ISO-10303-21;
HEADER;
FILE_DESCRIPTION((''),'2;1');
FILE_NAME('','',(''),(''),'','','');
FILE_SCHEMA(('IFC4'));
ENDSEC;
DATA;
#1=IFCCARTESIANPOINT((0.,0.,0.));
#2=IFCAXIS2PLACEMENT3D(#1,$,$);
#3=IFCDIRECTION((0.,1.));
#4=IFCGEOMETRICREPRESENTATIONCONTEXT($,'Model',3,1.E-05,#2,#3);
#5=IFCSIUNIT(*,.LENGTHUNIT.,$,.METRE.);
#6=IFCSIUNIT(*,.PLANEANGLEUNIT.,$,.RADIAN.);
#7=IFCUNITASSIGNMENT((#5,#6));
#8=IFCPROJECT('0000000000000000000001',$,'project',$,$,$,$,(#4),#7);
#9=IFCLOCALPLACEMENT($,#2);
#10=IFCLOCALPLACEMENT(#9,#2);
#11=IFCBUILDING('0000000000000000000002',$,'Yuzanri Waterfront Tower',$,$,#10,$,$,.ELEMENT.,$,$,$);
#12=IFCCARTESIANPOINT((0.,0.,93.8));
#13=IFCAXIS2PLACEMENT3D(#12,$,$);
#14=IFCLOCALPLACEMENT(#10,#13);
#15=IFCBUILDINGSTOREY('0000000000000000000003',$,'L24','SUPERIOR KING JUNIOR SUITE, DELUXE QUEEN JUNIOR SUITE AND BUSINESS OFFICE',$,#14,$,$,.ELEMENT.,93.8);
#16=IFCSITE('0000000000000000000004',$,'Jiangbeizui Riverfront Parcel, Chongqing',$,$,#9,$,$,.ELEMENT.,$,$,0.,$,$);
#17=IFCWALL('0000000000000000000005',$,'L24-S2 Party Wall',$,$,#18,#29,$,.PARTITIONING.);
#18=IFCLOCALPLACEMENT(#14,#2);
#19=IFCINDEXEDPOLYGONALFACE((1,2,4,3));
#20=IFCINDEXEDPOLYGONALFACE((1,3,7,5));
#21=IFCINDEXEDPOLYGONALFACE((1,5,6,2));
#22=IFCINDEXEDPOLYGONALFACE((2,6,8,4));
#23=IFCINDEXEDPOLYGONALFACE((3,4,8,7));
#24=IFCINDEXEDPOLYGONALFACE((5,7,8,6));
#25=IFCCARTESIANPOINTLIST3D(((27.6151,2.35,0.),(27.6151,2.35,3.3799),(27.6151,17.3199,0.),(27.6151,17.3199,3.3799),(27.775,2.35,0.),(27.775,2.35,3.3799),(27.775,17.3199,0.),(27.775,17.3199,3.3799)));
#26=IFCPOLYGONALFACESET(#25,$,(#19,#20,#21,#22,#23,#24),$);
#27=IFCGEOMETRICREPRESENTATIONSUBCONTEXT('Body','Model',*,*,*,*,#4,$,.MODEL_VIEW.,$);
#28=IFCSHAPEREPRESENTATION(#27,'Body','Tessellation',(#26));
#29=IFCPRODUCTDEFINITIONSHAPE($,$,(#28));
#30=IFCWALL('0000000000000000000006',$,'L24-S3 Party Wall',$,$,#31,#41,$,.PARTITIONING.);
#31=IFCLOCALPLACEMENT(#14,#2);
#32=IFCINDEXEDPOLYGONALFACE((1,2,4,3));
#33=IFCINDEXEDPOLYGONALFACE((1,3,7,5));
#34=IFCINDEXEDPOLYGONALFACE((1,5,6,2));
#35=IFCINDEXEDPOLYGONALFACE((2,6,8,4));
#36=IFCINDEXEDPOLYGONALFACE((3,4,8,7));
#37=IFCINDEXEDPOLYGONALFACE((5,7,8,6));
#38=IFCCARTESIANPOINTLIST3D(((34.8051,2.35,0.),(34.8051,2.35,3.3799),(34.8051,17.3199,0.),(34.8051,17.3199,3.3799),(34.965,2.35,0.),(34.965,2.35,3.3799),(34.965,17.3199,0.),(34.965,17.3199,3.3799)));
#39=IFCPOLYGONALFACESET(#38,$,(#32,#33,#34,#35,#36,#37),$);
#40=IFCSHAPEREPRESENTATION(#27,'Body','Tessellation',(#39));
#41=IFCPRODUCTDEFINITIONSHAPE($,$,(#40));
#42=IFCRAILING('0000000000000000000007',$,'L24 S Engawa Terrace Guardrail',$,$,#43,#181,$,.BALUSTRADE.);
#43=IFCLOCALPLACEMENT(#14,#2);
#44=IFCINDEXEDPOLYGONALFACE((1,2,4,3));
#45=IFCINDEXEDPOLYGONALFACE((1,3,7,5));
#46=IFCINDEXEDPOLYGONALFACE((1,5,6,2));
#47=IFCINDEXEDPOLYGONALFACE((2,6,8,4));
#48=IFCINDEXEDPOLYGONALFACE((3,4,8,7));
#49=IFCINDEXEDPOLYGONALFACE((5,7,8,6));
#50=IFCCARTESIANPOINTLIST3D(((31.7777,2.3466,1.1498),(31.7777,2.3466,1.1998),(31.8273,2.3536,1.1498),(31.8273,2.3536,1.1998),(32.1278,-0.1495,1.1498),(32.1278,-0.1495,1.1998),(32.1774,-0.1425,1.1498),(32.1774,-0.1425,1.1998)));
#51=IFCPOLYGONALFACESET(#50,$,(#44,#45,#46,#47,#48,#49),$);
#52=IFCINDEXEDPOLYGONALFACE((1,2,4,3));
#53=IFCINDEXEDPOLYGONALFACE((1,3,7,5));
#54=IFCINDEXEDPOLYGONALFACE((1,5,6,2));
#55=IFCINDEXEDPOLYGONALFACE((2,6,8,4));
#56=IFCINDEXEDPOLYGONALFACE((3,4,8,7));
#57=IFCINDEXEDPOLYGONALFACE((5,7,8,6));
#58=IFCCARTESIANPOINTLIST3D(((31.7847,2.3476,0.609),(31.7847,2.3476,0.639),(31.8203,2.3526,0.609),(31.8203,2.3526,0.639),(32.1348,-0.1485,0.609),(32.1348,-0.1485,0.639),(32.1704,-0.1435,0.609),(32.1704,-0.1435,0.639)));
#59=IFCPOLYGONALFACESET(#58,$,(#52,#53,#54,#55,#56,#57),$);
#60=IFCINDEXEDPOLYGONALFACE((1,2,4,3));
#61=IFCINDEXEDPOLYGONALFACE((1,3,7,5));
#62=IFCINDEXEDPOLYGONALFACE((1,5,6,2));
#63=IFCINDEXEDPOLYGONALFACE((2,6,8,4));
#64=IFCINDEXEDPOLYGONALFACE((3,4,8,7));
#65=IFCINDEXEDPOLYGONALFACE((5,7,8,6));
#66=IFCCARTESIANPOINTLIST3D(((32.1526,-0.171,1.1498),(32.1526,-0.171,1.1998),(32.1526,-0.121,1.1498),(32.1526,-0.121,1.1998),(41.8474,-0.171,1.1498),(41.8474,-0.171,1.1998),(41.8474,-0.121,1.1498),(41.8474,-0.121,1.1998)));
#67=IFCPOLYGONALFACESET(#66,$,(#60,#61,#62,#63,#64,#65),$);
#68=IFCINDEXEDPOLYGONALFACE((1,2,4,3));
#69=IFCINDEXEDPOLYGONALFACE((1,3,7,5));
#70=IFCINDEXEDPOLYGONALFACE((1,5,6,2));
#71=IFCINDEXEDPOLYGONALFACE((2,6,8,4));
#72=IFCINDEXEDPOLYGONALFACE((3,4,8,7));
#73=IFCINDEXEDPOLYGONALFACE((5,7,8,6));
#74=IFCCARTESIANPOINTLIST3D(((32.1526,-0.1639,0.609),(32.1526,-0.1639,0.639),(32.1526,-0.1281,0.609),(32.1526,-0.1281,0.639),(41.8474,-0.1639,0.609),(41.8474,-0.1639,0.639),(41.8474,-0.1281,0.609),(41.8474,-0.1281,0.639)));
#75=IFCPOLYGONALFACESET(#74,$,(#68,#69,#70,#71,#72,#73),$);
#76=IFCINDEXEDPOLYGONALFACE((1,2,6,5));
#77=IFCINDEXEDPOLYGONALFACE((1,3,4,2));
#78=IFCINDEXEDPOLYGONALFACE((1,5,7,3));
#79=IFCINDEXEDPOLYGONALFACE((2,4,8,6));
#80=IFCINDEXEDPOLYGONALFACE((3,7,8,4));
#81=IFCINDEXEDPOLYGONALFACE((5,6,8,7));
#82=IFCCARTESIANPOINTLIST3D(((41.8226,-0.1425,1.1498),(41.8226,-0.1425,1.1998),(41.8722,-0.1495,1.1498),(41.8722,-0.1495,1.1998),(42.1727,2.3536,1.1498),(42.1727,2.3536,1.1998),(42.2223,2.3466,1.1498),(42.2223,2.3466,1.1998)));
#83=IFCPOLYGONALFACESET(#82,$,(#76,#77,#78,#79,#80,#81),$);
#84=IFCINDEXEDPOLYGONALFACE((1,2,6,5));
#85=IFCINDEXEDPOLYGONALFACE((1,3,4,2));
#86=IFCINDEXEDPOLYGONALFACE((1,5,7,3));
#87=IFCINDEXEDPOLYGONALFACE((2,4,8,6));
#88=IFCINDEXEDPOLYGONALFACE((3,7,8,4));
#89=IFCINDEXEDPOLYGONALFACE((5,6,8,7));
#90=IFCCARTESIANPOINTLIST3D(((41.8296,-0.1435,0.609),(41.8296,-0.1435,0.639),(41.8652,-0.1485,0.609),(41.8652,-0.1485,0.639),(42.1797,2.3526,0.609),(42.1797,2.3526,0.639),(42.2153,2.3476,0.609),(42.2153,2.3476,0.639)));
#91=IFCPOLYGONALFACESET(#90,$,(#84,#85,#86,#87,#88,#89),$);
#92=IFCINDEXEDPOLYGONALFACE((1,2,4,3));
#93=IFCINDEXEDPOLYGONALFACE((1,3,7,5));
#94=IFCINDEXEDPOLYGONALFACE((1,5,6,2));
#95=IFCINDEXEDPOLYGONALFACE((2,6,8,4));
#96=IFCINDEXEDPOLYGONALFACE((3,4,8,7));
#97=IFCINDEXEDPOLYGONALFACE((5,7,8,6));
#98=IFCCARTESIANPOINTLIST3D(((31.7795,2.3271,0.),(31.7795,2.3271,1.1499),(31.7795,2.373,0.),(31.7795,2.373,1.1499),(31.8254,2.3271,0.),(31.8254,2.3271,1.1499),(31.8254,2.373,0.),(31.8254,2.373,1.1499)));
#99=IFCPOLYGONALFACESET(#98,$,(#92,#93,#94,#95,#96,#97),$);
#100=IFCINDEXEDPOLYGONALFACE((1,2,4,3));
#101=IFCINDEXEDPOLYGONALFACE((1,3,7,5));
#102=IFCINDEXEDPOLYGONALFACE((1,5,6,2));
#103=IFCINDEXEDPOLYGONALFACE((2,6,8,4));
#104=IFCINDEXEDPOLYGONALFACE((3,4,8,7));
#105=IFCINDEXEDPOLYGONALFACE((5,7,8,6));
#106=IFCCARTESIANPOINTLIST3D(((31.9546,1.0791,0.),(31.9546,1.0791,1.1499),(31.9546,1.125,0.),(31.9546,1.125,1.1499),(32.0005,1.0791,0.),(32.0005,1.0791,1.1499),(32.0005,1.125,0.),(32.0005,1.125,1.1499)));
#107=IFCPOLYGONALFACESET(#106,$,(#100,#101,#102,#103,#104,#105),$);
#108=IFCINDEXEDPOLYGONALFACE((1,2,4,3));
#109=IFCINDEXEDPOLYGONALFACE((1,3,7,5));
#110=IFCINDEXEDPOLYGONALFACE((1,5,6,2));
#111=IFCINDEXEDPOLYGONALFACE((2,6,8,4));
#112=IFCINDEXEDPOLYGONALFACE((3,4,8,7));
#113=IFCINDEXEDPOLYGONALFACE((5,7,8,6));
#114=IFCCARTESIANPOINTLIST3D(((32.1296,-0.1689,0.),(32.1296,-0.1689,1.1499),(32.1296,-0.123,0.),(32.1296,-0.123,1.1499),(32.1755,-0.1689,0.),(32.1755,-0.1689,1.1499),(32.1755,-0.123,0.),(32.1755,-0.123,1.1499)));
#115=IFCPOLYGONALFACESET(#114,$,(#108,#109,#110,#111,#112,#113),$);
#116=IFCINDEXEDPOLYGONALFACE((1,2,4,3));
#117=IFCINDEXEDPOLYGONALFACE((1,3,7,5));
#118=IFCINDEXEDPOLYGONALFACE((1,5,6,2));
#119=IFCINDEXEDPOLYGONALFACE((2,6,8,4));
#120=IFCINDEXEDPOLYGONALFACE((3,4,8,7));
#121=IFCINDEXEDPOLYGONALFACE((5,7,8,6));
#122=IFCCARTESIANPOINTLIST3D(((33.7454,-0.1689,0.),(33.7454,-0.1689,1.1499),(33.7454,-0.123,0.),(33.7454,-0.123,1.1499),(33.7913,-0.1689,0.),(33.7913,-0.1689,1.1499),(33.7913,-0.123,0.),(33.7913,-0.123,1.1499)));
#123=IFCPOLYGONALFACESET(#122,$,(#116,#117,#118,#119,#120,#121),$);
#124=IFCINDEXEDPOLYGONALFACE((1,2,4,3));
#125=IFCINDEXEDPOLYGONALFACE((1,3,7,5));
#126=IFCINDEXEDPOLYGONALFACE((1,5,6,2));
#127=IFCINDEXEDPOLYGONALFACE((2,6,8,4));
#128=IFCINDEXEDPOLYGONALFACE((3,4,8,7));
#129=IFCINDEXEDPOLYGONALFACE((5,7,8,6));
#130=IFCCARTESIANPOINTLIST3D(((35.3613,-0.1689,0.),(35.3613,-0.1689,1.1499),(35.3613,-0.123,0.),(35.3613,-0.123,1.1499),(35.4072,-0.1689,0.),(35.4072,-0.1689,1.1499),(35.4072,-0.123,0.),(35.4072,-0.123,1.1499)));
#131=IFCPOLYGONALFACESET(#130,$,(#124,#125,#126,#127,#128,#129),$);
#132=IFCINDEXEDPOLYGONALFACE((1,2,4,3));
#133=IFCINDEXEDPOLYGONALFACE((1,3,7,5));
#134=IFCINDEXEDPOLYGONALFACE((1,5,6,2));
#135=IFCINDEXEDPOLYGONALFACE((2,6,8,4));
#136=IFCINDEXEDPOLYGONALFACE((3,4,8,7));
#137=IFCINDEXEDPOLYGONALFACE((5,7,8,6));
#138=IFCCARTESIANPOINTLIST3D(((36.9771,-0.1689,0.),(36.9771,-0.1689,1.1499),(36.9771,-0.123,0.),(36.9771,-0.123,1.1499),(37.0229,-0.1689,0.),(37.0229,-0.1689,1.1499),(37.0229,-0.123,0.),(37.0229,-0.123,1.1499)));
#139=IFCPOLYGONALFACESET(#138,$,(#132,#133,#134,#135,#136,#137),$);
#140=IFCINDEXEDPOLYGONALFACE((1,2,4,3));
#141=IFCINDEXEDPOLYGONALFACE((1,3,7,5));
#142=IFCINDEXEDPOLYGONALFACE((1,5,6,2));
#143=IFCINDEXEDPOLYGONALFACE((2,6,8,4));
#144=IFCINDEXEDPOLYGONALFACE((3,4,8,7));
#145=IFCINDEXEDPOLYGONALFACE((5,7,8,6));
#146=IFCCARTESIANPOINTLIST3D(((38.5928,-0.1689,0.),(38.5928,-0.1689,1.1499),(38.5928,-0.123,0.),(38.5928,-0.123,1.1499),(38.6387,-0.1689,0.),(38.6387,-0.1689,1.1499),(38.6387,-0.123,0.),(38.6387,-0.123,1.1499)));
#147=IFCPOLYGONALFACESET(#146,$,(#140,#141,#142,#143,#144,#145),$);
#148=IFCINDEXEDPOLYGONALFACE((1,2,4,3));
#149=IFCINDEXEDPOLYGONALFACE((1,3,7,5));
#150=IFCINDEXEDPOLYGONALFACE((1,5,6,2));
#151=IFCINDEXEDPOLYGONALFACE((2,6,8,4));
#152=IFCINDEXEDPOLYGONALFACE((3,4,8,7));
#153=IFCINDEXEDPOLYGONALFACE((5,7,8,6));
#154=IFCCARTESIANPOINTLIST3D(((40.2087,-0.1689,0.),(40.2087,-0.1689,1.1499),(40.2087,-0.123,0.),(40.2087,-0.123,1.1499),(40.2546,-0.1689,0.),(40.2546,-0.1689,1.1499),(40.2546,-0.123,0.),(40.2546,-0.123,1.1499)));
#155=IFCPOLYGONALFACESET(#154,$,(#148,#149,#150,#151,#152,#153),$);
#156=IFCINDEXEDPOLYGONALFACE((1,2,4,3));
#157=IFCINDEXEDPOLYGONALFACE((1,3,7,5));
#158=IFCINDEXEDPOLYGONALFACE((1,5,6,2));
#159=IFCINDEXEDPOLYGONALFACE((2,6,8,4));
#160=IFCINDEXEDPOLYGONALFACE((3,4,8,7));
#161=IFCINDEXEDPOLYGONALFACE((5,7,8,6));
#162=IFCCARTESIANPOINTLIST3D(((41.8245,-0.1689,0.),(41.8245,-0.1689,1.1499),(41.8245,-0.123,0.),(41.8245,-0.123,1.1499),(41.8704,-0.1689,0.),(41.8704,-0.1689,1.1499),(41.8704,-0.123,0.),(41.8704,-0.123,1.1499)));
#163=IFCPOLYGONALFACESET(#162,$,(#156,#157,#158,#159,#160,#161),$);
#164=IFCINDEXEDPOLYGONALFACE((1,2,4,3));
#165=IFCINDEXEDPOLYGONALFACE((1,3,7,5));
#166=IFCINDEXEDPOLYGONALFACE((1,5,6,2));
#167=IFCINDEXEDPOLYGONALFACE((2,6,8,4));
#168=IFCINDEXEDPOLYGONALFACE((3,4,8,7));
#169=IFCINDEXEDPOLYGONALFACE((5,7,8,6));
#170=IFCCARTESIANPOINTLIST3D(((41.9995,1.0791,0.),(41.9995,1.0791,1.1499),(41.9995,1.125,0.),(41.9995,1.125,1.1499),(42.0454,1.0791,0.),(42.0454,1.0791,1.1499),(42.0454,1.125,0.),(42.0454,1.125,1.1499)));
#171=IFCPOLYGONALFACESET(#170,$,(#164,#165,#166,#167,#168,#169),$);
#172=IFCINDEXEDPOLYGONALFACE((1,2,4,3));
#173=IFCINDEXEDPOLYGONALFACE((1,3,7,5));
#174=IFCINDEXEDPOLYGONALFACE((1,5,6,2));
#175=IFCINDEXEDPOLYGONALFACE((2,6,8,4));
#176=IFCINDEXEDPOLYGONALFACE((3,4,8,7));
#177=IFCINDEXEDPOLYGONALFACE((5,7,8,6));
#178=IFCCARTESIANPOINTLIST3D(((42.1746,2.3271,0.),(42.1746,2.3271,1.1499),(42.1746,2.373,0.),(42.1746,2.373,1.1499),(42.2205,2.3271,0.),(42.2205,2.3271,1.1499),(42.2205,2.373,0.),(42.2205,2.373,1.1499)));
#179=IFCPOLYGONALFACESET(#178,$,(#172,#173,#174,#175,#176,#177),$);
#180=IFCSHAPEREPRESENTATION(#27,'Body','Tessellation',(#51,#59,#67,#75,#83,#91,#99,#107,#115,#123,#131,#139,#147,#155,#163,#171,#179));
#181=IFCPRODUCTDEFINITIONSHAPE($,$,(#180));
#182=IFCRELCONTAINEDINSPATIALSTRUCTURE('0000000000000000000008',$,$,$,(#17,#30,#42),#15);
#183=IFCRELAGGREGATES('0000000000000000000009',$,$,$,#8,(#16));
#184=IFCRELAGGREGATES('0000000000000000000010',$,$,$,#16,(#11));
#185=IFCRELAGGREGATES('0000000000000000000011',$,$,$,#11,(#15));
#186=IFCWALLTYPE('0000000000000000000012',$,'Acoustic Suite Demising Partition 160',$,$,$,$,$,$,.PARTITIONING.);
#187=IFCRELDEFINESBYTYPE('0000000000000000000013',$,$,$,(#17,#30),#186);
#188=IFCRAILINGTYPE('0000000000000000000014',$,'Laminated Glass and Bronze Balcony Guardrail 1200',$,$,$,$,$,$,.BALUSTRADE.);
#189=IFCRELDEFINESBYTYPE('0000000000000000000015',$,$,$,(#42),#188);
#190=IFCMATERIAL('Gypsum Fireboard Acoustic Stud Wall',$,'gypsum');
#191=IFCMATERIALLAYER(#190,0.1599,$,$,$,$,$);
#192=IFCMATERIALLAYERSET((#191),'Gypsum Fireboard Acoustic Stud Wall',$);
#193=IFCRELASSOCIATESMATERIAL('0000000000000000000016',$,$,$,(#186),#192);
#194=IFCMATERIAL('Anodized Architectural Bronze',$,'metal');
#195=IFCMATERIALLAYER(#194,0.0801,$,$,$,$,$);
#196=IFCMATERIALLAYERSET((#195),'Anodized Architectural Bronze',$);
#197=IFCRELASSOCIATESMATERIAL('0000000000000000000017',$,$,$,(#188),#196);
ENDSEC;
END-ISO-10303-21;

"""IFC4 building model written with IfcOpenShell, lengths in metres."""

from ifc_helpers import new_model, si_unit, direction, frame, frame_2d, origin, origin_2d, place, context, subcontext, project, spatial, rectangle, extrude, source, transform, mapped, material, layer, layer_set, type_object, element, save


model = new_model("IFC4")

# Units and contexts
model_context = context("Model", 3, precision=1e-05, world=origin(), true_north=direction((0.0, 1.0)))
body_context = subcontext(model_context, "Body", "Model", "MODEL_VIEW")
ifc_project = project(units=[si_unit("LENGTHUNIT", "METRE"), si_unit("PLANEANGLEUNIT", "RADIAN")], contexts=[model_context])

# Site, building, storey
site_placement = place(None, origin())
site = spatial("IfcSite", under=ifc_project, at=site_placement, Name="Jiangbeizui Riverfront Parcel, Chongqing", CompositionType="ELEMENT", RefElevation=0.0)
building_placement = place(site_placement, origin())
building = spatial("IfcBuilding", under=site, at=building_placement, Name="Yuzanri Waterfront Tower", CompositionType="ELEMENT")
storey_placement = place(building_placement, frame((0.0, 0.0, 93.8)))
storey = spatial("IfcBuildingStorey", under=building, at=storey_placement, Name="L24", Description="SUPERIOR KING JUNIOR SUITE, DELUXE QUEEN JUNIOR SUITE AND BUSINESS OFFICE", CompositionType="ELEMENT", Elevation=93.8)

# Walls
ifc_material_1 = material(Name="Gypsum Fireboard Acoustic Stud Wall", Category="gypsum")
ifc_layer_1 = layer(ifc_material_1, 0.1599)
ifc_layer_set_1 = layer_set([ifc_layer_1], Name="Gypsum Fireboard Acoustic Stud Wall")
wall_type_1 = type_object("IfcWallType", Name="Acoustic Suite Demising Partition 160", PredefinedType="PARTITIONING", material=ifc_layer_set_1)
shared_shape_1 = source(origin(), body_context, "Body", "SweptSolid", [
    extrude(rectangle(XDim=14.97, YDim=0.1599, at=frame_2d((7.4849, 0.0))), origin(), (0.0, 0.0, 1.0), 3.3799),
])
for number, where, z_axis, x_axis, name in (
    (1, (27.6951, 2.3501, 0.0), (0.0, 0.0, 1.0), (0.0, 1.0, 0.0), "L24-S2 Party Wall"),
    (2, (34.885, 2.3501, 0.0), (0.0, 0.0, 1.0), (0.0, 1.0, 0.0), "L24-S3 Party Wall"),
):
    element("IfcWall", number, at=place(storey_placement, frame(where, z_axis=z_axis, x_axis=x_axis)), inside=storey, type_object=wall_type_1, Name=name, PredefinedType="PARTITIONING", context=body_context, shape_type="MappedRepresentation", body=[
        mapped(shared_shape_1, transform((0.0, 0.0, 0.0), scale=1.0)),
    ])

# Railing
ifc_material_2 = material(Name="Anodized Architectural Bronze", Category="metal")
ifc_layer_2 = layer(ifc_material_2, 0.0801)
ifc_layer_set_2 = layer_set([ifc_layer_2], Name="Anodized Architectural Bronze")
railing_type = type_object("IfcRailingType", Name="Laminated Glass and Bronze Balcony Guardrail 1200", PredefinedType="BALUSTRADE", material=ifc_layer_set_2)
shared_shape_2 = source(origin(), body_context, "Body", "SweptSolid", [
    extrude(rectangle(XDim=0.05, YDim=0.05, at=origin_2d()), frame((0.0, 0.0, 1.1748), z_axis=(0.138899, -0.990307, 0.0), x_axis=(0.990307, 0.138899, 0.0)), (0.0, 0.0, 1.0), 2.5205),
    extrude(rectangle(XDim=0.0359, YDim=0.03, at=origin_2d()), frame((0.0, 0.0, 0.624), z_axis=(0.138899, -0.990307, 0.0), x_axis=(0.990307, 0.138899, 0.0)), (0.0, 0.0, 1.0), 2.5205),
    extrude(rectangle(XDim=0.05, YDim=0.05, at=origin_2d()), frame((0.3501, -2.4961, 1.1748), z_axis=(1.0, 0.0, 0.0), x_axis=(0.0, 1.0, 0.0)), (0.0, 0.0, 1.0), 9.6948),
    extrude(rectangle(XDim=0.0359, YDim=0.03, at=origin_2d()), frame((0.3501, -2.4961, 0.624), z_axis=(1.0, 0.0, 0.0), x_axis=(0.0, 1.0, 0.0)), (0.0, 0.0, 1.0), 9.6948),
    extrude(rectangle(XDim=0.05, YDim=0.05, at=origin_2d()), frame((10.0449, -2.4961, 1.1748), z_axis=(0.138899, 0.990307, 0.0), x_axis=(-0.990307, 0.138899, 0.0)), (0.0, 0.0, 1.0), 2.5205),
    extrude(rectangle(XDim=0.0359, YDim=0.03, at=origin_2d()), frame((10.0449, -2.4961, 0.624), z_axis=(0.138899, 0.990307, 0.0), x_axis=(-0.990307, 0.138899, 0.0)), (0.0, 0.0, 1.0), 2.5205),
    extrude(rectangle(XDim=0.0459, YDim=0.0459, at=origin_2d()), origin(), (0.0, 0.0, 1.0), 1.1499),
    extrude(rectangle(XDim=0.0459, YDim=0.0459, at=origin_2d()), frame((0.175, -1.248, 0.0)), (0.0, 0.0, 1.0), 1.1499),
    extrude(rectangle(XDim=0.0459, YDim=0.0459, at=origin_2d()), frame((0.3501, -2.4961, 0.0)), (0.0, 0.0, 1.0), 1.1499),
    extrude(rectangle(XDim=0.0459, YDim=0.0459, at=origin_2d()), frame((1.9658, -2.4961, 0.0)), (0.0, 0.0, 1.0), 1.1499),
    extrude(rectangle(XDim=0.0459, YDim=0.0459, at=origin_2d()), frame((3.5818, -2.4961, 0.0)), (0.0, 0.0, 1.0), 1.1499),
    extrude(rectangle(XDim=0.0459, YDim=0.0459, at=origin_2d()), frame((5.1975, -2.4961, 0.0)), (0.0, 0.0, 1.0), 1.1499),
    extrude(rectangle(XDim=0.0459, YDim=0.0459, at=origin_2d()), frame((6.8132, -2.4961, 0.0)), (0.0, 0.0, 1.0), 1.1499),
    extrude(rectangle(XDim=0.0459, YDim=0.0459, at=origin_2d()), frame((8.4292, -2.4961, 0.0)), (0.0, 0.0, 1.0), 1.1499),
    extrude(rectangle(XDim=0.0459, YDim=0.0459, at=origin_2d()), frame((10.0449, -2.4961, 0.0)), (0.0, 0.0, 1.0), 1.1499),
    extrude(rectangle(XDim=0.0459, YDim=0.0459, at=origin_2d()), frame((10.22, -1.248, 0.0)), (0.0, 0.0, 1.0), 1.1499),
    extrude(rectangle(XDim=0.0459, YDim=0.0459, at=origin_2d()), frame((10.395, 0.0, 0.0)), (0.0, 0.0, 1.0), 1.1499),
])
railing_placement = place(storey_placement, frame((31.8025, 2.3501, 0.0)))
element("IfcRailing", 3, at=railing_placement, inside=storey, type_object=railing_type, Name="L24 S Engawa Terrace Guardrail", PredefinedType="BALUSTRADE", context=body_context, shape_type="MappedRepresentation", body=[
    mapped(shared_shape_2, transform((0.0, 0.0, 0.0), scale=1.0)),
])

save(model, "model.ifc")
